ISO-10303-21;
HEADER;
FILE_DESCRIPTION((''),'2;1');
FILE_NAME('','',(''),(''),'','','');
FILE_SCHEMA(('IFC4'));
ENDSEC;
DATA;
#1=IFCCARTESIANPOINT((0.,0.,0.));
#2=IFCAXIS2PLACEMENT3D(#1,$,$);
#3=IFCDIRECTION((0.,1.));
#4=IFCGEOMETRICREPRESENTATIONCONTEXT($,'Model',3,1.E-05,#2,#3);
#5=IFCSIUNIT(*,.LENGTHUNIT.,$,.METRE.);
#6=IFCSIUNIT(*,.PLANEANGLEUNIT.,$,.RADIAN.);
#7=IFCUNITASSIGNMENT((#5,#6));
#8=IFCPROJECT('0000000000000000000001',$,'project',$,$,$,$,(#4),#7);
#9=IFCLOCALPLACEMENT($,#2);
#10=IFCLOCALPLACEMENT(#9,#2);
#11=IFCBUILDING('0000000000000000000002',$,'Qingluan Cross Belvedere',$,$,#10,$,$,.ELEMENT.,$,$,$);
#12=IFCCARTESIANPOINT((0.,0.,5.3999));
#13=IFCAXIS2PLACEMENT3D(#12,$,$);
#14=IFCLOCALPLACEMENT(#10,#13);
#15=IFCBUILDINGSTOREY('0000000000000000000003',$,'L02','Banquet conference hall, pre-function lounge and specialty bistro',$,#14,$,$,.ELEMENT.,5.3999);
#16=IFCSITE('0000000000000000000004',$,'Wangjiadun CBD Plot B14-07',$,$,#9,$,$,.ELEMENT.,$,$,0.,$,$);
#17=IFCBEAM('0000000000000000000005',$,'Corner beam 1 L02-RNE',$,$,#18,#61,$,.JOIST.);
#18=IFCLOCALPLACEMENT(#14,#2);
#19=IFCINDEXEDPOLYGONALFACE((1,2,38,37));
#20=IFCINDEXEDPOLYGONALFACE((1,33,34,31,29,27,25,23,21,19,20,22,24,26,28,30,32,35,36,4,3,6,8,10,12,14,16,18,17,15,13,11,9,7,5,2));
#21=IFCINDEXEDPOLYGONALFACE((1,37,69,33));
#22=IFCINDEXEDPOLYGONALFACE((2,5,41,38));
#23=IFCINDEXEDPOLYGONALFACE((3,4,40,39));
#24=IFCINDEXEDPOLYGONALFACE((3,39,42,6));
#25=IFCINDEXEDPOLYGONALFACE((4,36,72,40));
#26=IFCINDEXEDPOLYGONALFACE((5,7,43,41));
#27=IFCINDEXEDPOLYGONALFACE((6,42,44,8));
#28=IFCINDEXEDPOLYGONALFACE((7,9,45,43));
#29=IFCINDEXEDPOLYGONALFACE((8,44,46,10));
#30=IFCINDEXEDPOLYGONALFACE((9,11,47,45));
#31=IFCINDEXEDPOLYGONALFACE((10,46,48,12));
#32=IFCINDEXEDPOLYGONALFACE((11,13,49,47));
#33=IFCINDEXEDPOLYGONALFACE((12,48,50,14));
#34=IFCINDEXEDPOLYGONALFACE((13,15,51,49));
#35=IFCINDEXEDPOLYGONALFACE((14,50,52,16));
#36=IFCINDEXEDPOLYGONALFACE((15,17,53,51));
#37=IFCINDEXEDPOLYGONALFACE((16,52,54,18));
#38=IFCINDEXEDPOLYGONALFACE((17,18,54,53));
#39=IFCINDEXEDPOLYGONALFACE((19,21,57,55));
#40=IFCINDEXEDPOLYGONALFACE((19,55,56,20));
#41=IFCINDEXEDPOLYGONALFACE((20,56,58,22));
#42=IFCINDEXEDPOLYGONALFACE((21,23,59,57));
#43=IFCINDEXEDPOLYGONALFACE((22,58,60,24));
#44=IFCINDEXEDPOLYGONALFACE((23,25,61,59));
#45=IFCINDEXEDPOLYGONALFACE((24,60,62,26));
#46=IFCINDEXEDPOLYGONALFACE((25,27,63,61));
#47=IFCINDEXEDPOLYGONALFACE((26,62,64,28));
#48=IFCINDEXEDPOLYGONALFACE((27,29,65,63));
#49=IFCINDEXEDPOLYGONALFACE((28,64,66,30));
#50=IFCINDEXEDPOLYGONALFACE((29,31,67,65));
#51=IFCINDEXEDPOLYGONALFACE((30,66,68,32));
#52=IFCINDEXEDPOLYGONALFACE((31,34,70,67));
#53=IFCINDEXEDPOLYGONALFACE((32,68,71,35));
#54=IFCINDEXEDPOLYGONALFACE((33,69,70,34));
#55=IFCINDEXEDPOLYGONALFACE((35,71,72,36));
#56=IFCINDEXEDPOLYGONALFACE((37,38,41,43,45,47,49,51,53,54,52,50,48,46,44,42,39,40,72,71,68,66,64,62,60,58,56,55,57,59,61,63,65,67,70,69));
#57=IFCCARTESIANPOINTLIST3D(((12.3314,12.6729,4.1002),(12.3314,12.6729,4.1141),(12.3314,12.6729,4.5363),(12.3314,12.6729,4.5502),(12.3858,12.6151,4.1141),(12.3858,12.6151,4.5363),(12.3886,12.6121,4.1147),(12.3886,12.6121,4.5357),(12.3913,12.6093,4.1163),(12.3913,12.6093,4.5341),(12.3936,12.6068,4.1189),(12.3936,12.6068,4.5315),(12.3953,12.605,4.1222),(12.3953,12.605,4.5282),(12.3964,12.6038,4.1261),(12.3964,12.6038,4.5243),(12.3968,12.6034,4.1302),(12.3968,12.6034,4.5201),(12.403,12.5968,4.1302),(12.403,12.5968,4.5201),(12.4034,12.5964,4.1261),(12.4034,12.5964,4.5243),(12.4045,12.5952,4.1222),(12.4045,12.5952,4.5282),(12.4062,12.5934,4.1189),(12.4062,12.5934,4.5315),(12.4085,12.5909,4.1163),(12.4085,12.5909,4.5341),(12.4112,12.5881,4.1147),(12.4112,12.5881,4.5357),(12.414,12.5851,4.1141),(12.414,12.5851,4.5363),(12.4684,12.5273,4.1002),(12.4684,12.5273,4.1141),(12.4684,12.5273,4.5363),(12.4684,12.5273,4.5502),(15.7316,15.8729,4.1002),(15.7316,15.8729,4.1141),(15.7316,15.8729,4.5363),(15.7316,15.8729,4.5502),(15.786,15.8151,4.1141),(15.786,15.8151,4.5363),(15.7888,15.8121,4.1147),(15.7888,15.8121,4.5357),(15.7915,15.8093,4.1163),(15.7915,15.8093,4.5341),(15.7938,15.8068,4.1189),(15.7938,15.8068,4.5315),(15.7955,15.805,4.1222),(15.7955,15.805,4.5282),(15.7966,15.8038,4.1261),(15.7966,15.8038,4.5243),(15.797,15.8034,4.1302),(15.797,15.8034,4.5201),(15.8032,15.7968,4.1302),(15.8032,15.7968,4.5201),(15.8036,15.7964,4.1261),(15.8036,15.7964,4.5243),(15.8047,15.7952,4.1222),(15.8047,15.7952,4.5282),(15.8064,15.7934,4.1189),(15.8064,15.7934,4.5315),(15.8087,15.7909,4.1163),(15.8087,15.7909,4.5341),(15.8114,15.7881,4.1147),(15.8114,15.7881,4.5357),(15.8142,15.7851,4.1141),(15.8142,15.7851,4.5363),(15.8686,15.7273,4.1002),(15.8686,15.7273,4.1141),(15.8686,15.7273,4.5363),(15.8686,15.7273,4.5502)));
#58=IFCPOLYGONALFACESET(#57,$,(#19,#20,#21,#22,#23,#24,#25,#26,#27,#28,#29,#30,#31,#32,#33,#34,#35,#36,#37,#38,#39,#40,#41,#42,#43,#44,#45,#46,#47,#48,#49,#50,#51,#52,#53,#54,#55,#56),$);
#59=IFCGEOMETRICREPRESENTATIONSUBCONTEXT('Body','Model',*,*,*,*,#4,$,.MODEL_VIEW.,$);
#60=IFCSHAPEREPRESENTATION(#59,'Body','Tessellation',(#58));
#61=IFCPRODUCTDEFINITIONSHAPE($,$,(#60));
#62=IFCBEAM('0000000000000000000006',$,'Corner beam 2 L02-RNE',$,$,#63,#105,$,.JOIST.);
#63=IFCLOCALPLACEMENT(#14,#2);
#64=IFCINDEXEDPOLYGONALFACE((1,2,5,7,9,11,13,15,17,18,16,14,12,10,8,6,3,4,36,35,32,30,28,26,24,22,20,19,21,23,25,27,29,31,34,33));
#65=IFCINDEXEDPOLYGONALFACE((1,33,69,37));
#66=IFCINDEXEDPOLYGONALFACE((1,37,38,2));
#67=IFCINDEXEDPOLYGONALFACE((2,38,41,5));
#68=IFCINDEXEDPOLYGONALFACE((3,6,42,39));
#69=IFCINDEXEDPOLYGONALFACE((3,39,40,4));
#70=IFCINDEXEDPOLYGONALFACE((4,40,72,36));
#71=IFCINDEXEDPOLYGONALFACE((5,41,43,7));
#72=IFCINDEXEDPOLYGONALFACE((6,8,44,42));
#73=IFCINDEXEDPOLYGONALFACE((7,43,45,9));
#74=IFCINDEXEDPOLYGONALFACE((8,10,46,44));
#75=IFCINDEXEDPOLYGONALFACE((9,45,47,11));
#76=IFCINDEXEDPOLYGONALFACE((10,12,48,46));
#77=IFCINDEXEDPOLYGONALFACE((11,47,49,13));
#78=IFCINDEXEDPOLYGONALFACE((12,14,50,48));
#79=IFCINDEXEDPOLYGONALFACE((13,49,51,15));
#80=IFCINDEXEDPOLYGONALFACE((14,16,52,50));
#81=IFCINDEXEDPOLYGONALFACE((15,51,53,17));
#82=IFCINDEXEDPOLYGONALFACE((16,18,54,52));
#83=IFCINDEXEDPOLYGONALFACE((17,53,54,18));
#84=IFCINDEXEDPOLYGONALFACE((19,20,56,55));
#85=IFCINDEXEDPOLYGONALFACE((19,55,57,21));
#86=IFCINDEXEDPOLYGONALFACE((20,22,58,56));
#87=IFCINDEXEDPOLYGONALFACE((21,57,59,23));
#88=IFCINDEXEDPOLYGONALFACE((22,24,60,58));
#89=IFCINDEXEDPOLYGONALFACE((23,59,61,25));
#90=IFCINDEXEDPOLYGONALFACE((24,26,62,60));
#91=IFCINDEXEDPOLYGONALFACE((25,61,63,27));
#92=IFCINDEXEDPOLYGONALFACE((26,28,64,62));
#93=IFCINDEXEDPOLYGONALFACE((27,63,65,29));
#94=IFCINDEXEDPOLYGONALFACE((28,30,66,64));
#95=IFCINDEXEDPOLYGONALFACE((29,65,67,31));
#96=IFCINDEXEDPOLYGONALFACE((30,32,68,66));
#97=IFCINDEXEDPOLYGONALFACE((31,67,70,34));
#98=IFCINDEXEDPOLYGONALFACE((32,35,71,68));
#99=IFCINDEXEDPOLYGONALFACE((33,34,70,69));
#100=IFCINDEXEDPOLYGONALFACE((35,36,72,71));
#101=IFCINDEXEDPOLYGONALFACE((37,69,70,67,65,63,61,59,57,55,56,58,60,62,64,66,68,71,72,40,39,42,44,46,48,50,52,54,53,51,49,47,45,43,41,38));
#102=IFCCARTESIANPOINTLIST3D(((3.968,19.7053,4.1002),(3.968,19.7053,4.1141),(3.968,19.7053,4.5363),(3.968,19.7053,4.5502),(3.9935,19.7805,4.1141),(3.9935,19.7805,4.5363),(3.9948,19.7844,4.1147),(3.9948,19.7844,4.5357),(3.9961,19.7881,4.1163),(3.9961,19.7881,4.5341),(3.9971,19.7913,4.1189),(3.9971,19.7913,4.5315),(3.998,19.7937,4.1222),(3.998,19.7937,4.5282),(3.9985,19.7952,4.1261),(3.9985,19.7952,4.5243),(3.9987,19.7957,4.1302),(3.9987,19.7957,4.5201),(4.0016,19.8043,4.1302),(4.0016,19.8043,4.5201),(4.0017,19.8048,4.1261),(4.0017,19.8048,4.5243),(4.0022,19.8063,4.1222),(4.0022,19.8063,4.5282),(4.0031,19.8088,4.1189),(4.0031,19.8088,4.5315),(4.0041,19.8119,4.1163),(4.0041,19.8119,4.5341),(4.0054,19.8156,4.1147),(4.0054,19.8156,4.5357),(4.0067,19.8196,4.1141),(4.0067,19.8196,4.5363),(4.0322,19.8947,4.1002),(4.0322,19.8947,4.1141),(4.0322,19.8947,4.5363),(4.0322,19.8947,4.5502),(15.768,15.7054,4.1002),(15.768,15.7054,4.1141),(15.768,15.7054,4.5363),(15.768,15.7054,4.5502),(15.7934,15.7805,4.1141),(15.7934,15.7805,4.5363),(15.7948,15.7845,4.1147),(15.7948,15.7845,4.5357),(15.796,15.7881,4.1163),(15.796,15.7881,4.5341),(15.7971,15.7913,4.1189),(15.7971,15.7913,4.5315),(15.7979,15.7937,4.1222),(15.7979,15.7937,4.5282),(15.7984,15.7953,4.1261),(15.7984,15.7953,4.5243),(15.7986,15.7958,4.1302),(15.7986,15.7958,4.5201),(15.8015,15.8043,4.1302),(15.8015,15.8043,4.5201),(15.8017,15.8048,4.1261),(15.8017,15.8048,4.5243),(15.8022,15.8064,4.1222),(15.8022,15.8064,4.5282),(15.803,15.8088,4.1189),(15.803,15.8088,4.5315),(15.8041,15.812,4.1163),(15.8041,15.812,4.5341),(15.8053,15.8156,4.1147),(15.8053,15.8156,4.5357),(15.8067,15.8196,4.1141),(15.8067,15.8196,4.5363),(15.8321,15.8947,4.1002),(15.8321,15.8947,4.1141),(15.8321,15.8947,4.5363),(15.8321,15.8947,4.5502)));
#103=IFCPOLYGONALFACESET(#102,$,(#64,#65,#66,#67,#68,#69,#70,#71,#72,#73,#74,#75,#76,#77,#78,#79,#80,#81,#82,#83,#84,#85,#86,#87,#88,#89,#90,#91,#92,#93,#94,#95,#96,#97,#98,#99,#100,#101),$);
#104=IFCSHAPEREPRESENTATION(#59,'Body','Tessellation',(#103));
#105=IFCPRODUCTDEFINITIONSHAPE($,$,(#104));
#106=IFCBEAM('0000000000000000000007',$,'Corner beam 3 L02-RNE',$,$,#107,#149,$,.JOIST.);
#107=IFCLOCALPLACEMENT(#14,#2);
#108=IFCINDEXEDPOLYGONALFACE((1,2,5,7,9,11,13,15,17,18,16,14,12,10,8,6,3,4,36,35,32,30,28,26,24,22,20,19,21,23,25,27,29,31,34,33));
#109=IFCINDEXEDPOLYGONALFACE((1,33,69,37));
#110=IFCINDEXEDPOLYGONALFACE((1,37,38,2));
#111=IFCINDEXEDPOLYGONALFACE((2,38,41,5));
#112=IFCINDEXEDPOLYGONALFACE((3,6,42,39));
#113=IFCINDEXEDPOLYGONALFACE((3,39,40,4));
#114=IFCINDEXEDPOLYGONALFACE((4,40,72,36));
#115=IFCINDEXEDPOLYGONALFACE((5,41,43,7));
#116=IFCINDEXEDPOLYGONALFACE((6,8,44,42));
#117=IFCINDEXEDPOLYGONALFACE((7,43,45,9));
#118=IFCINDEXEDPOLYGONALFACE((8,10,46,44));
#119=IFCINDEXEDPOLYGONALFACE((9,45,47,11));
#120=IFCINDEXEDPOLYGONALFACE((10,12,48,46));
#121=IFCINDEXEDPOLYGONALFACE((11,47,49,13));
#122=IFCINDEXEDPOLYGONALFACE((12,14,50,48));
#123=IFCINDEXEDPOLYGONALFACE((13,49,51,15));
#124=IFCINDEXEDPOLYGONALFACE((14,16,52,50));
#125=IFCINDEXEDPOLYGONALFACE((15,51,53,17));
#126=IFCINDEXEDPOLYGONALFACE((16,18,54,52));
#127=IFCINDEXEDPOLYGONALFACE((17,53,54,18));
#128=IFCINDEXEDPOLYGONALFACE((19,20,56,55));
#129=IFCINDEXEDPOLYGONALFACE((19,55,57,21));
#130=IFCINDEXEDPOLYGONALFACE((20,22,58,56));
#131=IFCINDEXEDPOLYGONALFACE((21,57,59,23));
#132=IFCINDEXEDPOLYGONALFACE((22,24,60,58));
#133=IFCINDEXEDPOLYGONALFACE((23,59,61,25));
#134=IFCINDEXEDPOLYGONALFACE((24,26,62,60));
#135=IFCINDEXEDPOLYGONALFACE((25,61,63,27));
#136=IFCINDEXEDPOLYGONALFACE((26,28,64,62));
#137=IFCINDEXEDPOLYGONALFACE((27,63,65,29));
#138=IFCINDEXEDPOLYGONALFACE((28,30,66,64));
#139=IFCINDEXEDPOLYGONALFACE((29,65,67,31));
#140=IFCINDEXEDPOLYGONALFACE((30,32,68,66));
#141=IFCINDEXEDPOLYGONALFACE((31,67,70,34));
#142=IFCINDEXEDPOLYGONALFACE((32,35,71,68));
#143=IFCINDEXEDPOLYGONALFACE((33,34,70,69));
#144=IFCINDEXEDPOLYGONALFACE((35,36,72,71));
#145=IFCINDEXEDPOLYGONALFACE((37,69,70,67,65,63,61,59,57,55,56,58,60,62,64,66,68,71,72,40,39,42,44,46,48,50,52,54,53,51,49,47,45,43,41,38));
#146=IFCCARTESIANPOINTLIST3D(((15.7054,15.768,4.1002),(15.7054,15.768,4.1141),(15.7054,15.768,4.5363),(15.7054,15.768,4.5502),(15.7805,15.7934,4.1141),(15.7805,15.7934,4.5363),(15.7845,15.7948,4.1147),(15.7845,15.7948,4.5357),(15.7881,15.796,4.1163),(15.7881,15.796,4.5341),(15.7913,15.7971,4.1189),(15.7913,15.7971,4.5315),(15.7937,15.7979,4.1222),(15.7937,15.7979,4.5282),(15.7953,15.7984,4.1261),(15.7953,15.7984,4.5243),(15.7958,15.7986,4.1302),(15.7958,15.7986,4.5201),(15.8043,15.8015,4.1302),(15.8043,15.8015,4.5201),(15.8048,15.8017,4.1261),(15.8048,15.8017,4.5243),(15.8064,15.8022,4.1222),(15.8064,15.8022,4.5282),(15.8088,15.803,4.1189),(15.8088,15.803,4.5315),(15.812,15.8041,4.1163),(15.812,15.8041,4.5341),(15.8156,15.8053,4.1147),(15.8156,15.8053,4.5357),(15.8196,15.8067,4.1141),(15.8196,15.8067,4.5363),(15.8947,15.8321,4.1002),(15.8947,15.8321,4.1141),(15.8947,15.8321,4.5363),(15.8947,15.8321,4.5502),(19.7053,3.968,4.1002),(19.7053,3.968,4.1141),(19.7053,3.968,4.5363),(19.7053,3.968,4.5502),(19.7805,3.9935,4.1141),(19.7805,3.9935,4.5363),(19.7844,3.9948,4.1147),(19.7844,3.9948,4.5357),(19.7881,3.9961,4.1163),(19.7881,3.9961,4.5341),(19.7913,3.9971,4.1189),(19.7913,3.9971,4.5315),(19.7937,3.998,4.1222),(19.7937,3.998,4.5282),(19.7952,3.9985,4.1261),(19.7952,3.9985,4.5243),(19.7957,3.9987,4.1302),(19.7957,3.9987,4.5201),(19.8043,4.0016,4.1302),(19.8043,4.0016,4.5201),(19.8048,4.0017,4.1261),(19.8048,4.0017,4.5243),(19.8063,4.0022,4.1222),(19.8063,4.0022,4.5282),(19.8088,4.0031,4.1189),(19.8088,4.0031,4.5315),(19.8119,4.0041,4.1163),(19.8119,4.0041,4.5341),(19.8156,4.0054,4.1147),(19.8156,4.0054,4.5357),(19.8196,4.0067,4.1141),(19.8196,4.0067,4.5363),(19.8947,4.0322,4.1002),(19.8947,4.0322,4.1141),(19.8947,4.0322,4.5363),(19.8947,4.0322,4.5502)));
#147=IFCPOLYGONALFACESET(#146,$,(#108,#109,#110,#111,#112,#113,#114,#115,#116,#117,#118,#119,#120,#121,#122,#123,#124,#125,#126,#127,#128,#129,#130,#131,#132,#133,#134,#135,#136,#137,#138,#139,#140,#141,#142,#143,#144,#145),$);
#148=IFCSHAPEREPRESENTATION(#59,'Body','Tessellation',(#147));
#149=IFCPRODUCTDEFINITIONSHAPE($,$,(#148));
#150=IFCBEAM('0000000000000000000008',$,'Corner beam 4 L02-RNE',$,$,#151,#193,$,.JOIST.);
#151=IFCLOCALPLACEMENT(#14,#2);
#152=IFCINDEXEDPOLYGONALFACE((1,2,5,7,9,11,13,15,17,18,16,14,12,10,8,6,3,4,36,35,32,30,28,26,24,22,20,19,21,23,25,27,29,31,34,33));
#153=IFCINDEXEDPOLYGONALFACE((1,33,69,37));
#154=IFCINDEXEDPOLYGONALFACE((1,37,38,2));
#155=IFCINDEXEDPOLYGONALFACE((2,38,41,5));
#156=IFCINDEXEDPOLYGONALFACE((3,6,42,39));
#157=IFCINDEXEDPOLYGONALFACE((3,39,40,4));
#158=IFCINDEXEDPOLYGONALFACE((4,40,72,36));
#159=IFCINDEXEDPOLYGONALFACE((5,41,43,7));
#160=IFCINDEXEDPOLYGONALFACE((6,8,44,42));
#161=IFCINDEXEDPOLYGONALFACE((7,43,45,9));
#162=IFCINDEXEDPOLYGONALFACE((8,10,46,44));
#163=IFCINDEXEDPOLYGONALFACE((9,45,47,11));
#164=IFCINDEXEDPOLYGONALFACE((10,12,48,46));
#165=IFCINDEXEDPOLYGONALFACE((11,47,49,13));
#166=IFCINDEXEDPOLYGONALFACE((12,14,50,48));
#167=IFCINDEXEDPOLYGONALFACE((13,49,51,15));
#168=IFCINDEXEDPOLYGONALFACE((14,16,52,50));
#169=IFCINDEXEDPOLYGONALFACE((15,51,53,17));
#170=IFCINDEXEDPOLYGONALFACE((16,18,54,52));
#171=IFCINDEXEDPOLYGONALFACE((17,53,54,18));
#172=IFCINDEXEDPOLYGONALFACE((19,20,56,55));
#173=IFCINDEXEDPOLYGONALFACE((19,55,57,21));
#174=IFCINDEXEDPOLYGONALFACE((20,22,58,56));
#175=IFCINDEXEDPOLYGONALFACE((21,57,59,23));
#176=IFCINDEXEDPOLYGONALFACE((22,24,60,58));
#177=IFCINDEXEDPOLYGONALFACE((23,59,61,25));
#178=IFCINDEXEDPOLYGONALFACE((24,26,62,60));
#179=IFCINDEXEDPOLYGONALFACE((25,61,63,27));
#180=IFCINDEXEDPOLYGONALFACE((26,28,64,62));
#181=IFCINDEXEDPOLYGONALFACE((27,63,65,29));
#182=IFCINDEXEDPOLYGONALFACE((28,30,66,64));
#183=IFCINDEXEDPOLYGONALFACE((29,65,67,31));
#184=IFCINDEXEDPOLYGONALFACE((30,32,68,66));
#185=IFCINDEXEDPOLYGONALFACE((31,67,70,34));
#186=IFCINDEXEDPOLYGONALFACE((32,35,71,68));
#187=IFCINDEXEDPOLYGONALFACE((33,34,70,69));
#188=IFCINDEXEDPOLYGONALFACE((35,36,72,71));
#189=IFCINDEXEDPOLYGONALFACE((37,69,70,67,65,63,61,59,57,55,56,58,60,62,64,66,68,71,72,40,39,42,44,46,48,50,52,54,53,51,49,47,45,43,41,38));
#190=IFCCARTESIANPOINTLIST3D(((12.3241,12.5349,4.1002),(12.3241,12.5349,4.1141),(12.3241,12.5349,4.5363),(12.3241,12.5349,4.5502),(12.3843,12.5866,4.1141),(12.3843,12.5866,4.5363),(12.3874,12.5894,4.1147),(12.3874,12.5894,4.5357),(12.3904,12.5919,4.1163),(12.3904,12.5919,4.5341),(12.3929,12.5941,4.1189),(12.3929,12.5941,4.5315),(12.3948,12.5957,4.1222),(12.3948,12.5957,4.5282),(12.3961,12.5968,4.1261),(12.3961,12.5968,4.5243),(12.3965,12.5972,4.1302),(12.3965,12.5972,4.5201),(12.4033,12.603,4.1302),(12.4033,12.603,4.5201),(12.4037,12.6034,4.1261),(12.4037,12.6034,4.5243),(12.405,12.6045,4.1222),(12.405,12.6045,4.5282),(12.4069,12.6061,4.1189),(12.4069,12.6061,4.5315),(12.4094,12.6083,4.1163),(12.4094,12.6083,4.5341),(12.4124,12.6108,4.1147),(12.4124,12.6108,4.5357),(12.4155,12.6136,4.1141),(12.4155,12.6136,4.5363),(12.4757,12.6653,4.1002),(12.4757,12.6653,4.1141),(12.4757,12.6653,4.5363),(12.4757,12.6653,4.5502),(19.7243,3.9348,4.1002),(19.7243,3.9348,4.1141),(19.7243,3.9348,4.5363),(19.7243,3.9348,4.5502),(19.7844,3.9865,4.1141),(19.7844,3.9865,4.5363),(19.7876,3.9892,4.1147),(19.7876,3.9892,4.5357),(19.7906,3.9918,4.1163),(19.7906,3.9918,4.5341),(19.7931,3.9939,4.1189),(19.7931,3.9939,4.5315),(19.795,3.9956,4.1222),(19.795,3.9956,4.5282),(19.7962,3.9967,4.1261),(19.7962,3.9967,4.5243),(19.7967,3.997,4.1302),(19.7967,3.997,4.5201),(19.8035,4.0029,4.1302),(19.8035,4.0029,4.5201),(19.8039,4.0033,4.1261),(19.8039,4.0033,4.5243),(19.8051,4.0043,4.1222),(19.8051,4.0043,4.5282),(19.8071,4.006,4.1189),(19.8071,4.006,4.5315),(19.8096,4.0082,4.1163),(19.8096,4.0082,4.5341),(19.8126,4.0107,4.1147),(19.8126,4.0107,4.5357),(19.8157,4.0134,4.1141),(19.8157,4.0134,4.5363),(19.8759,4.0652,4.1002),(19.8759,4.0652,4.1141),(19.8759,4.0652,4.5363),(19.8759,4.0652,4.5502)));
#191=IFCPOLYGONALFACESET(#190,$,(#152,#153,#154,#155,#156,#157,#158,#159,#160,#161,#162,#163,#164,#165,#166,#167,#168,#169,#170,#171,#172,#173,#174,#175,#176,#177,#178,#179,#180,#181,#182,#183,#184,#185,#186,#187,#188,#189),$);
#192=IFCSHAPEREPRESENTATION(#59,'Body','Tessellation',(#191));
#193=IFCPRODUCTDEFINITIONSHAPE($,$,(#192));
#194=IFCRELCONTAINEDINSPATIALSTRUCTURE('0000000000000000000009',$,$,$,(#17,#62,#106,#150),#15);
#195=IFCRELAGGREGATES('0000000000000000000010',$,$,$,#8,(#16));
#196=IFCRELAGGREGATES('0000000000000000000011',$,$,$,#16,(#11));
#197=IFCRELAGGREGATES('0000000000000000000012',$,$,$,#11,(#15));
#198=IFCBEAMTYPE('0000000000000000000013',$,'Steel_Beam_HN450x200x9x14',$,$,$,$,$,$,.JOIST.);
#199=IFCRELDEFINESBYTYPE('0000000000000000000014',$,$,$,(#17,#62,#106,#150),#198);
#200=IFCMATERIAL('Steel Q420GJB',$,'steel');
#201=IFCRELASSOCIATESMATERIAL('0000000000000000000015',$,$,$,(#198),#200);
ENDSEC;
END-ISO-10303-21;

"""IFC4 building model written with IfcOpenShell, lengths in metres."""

from ifc_helpers import new_model, si_unit, direction, frame, origin, origin_2d, place, context, subcontext, project, spatial, i_section, extrude, material, material_profile, profile_set, type_object, element, save


model = new_model("IFC4")

# Units and contexts
model_context = context("Model", 3, precision=1e-05, world=origin(), true_north=direction((0.0, 1.0)))
body_context = subcontext(model_context, "Body", "Model", "MODEL_VIEW")
ifc_project = project(units=[si_unit("LENGTHUNIT", "METRE"), si_unit("PLANEANGLEUNIT", "RADIAN")], contexts=[model_context])

# Site, building, storey
site_placement = place(None, origin())
site = spatial("IfcSite", under=ifc_project, at=site_placement, Name="Wangjiadun CBD Plot B14-07", CompositionType="ELEMENT", RefElevation=0.0)
building_placement = place(site_placement, origin())
building = spatial("IfcBuilding", under=site, at=building_placement, Name="Qingluan Cross Belvedere", CompositionType="ELEMENT")
storey_placement = place(building_placement, frame((0.0, 0.0, 5.3999)))
storey = spatial("IfcBuildingStorey", under=building, at=storey_placement, Name="L02", Description="Banquet conference hall, pre-function lounge and specialty bistro", CompositionType="ELEMENT", Elevation=5.3999)

# Beams
ifc_material_1 = material(Name="Steel Q420GJB", Category="steel")
ifc_material_profile_1 = material_profile(ifc_material_1, i_section(OverallWidth=0.2, OverallDepth=0.45, WebThickness=0.009, FlangeThickness=0.0139, FilletRadius=0.0161, at=origin_2d()), Name="HN450x200x9x14")
ifc_profile_set_1 = profile_set([ifc_material_profile_1], Name="Steel Q420GJB")
beam_type_1 = type_object("IfcBeamType", Name="Steel_Beam_HN450x200x9x14", PredefinedType="JOIST", material=ifc_profile_set_1)
beam_1_placement = place(storey_placement, frame((12.3999, 12.6001, 4.3252), z_axis=(0.72822, 0.685343, 0.0), x_axis=(-0.685343, 0.72822, 0.0)))
element("IfcBeam", 1, at=beam_1_placement, inside=storey, type_object=beam_type_1, Name="Corner beam 1 L02-RNE", PredefinedType="JOIST", context=body_context, shape_type="SweptSolid", body=[
    extrude(i_section(OverallWidth=0.2, OverallDepth=0.45, WebThickness=0.009, FlangeThickness=0.0139, FilletRadius=0.0161, at=origin_2d()), origin(), (0.0, 0.0, 1.0), 4.6692),
])
for number, where, z_axis, x_axis, name in (
    (2, (15.8, 15.8, 4.3252), (-0.947066, 0.321038, 0.0), (-0.321038, -0.947066, 0.0), "Corner beam 2 L02-RNE"),
    (3, (15.8, 15.8, 4.3252), (0.321038, -0.947066, 0.0), (0.947066, 0.321038, 0.0), "Corner beam 3 L02-RNE"),
):
    element("IfcBeam", number, at=place(storey_placement, frame(where, z_axis=z_axis, x_axis=x_axis)), inside=storey, type_object=beam_type_1, Name=name, PredefinedType="JOIST", context=body_context, shape_type="SweptSolid", body=[
        extrude(i_section(OverallWidth=0.2, OverallDepth=0.45, WebThickness=0.009, FlangeThickness=0.0139, FilletRadius=0.0161, at=origin_2d()), origin(), (0.0, 0.0, 1.0), 12.4595),
    ])
beam_2_placement = place(storey_placement, frame((12.3999, 12.6001, 4.3252), z_axis=(0.652245, -0.758008, 0.0), x_axis=(0.758008, 0.652245, 0.0)))
element("IfcBeam", 4, at=beam_2_placement, inside=storey, type_object=beam_type_1, Name="Corner beam 4 L02-RNE", PredefinedType="JOIST", context=body_context, shape_type="SweptSolid", body=[
    extrude(i_section(OverallWidth=0.2, OverallDepth=0.45, WebThickness=0.009, FlangeThickness=0.0139, FilletRadius=0.0161, at=origin_2d()), origin(), (0.0, 0.0, 1.0), 11.3457),
])

save(model, "model.ifc")
